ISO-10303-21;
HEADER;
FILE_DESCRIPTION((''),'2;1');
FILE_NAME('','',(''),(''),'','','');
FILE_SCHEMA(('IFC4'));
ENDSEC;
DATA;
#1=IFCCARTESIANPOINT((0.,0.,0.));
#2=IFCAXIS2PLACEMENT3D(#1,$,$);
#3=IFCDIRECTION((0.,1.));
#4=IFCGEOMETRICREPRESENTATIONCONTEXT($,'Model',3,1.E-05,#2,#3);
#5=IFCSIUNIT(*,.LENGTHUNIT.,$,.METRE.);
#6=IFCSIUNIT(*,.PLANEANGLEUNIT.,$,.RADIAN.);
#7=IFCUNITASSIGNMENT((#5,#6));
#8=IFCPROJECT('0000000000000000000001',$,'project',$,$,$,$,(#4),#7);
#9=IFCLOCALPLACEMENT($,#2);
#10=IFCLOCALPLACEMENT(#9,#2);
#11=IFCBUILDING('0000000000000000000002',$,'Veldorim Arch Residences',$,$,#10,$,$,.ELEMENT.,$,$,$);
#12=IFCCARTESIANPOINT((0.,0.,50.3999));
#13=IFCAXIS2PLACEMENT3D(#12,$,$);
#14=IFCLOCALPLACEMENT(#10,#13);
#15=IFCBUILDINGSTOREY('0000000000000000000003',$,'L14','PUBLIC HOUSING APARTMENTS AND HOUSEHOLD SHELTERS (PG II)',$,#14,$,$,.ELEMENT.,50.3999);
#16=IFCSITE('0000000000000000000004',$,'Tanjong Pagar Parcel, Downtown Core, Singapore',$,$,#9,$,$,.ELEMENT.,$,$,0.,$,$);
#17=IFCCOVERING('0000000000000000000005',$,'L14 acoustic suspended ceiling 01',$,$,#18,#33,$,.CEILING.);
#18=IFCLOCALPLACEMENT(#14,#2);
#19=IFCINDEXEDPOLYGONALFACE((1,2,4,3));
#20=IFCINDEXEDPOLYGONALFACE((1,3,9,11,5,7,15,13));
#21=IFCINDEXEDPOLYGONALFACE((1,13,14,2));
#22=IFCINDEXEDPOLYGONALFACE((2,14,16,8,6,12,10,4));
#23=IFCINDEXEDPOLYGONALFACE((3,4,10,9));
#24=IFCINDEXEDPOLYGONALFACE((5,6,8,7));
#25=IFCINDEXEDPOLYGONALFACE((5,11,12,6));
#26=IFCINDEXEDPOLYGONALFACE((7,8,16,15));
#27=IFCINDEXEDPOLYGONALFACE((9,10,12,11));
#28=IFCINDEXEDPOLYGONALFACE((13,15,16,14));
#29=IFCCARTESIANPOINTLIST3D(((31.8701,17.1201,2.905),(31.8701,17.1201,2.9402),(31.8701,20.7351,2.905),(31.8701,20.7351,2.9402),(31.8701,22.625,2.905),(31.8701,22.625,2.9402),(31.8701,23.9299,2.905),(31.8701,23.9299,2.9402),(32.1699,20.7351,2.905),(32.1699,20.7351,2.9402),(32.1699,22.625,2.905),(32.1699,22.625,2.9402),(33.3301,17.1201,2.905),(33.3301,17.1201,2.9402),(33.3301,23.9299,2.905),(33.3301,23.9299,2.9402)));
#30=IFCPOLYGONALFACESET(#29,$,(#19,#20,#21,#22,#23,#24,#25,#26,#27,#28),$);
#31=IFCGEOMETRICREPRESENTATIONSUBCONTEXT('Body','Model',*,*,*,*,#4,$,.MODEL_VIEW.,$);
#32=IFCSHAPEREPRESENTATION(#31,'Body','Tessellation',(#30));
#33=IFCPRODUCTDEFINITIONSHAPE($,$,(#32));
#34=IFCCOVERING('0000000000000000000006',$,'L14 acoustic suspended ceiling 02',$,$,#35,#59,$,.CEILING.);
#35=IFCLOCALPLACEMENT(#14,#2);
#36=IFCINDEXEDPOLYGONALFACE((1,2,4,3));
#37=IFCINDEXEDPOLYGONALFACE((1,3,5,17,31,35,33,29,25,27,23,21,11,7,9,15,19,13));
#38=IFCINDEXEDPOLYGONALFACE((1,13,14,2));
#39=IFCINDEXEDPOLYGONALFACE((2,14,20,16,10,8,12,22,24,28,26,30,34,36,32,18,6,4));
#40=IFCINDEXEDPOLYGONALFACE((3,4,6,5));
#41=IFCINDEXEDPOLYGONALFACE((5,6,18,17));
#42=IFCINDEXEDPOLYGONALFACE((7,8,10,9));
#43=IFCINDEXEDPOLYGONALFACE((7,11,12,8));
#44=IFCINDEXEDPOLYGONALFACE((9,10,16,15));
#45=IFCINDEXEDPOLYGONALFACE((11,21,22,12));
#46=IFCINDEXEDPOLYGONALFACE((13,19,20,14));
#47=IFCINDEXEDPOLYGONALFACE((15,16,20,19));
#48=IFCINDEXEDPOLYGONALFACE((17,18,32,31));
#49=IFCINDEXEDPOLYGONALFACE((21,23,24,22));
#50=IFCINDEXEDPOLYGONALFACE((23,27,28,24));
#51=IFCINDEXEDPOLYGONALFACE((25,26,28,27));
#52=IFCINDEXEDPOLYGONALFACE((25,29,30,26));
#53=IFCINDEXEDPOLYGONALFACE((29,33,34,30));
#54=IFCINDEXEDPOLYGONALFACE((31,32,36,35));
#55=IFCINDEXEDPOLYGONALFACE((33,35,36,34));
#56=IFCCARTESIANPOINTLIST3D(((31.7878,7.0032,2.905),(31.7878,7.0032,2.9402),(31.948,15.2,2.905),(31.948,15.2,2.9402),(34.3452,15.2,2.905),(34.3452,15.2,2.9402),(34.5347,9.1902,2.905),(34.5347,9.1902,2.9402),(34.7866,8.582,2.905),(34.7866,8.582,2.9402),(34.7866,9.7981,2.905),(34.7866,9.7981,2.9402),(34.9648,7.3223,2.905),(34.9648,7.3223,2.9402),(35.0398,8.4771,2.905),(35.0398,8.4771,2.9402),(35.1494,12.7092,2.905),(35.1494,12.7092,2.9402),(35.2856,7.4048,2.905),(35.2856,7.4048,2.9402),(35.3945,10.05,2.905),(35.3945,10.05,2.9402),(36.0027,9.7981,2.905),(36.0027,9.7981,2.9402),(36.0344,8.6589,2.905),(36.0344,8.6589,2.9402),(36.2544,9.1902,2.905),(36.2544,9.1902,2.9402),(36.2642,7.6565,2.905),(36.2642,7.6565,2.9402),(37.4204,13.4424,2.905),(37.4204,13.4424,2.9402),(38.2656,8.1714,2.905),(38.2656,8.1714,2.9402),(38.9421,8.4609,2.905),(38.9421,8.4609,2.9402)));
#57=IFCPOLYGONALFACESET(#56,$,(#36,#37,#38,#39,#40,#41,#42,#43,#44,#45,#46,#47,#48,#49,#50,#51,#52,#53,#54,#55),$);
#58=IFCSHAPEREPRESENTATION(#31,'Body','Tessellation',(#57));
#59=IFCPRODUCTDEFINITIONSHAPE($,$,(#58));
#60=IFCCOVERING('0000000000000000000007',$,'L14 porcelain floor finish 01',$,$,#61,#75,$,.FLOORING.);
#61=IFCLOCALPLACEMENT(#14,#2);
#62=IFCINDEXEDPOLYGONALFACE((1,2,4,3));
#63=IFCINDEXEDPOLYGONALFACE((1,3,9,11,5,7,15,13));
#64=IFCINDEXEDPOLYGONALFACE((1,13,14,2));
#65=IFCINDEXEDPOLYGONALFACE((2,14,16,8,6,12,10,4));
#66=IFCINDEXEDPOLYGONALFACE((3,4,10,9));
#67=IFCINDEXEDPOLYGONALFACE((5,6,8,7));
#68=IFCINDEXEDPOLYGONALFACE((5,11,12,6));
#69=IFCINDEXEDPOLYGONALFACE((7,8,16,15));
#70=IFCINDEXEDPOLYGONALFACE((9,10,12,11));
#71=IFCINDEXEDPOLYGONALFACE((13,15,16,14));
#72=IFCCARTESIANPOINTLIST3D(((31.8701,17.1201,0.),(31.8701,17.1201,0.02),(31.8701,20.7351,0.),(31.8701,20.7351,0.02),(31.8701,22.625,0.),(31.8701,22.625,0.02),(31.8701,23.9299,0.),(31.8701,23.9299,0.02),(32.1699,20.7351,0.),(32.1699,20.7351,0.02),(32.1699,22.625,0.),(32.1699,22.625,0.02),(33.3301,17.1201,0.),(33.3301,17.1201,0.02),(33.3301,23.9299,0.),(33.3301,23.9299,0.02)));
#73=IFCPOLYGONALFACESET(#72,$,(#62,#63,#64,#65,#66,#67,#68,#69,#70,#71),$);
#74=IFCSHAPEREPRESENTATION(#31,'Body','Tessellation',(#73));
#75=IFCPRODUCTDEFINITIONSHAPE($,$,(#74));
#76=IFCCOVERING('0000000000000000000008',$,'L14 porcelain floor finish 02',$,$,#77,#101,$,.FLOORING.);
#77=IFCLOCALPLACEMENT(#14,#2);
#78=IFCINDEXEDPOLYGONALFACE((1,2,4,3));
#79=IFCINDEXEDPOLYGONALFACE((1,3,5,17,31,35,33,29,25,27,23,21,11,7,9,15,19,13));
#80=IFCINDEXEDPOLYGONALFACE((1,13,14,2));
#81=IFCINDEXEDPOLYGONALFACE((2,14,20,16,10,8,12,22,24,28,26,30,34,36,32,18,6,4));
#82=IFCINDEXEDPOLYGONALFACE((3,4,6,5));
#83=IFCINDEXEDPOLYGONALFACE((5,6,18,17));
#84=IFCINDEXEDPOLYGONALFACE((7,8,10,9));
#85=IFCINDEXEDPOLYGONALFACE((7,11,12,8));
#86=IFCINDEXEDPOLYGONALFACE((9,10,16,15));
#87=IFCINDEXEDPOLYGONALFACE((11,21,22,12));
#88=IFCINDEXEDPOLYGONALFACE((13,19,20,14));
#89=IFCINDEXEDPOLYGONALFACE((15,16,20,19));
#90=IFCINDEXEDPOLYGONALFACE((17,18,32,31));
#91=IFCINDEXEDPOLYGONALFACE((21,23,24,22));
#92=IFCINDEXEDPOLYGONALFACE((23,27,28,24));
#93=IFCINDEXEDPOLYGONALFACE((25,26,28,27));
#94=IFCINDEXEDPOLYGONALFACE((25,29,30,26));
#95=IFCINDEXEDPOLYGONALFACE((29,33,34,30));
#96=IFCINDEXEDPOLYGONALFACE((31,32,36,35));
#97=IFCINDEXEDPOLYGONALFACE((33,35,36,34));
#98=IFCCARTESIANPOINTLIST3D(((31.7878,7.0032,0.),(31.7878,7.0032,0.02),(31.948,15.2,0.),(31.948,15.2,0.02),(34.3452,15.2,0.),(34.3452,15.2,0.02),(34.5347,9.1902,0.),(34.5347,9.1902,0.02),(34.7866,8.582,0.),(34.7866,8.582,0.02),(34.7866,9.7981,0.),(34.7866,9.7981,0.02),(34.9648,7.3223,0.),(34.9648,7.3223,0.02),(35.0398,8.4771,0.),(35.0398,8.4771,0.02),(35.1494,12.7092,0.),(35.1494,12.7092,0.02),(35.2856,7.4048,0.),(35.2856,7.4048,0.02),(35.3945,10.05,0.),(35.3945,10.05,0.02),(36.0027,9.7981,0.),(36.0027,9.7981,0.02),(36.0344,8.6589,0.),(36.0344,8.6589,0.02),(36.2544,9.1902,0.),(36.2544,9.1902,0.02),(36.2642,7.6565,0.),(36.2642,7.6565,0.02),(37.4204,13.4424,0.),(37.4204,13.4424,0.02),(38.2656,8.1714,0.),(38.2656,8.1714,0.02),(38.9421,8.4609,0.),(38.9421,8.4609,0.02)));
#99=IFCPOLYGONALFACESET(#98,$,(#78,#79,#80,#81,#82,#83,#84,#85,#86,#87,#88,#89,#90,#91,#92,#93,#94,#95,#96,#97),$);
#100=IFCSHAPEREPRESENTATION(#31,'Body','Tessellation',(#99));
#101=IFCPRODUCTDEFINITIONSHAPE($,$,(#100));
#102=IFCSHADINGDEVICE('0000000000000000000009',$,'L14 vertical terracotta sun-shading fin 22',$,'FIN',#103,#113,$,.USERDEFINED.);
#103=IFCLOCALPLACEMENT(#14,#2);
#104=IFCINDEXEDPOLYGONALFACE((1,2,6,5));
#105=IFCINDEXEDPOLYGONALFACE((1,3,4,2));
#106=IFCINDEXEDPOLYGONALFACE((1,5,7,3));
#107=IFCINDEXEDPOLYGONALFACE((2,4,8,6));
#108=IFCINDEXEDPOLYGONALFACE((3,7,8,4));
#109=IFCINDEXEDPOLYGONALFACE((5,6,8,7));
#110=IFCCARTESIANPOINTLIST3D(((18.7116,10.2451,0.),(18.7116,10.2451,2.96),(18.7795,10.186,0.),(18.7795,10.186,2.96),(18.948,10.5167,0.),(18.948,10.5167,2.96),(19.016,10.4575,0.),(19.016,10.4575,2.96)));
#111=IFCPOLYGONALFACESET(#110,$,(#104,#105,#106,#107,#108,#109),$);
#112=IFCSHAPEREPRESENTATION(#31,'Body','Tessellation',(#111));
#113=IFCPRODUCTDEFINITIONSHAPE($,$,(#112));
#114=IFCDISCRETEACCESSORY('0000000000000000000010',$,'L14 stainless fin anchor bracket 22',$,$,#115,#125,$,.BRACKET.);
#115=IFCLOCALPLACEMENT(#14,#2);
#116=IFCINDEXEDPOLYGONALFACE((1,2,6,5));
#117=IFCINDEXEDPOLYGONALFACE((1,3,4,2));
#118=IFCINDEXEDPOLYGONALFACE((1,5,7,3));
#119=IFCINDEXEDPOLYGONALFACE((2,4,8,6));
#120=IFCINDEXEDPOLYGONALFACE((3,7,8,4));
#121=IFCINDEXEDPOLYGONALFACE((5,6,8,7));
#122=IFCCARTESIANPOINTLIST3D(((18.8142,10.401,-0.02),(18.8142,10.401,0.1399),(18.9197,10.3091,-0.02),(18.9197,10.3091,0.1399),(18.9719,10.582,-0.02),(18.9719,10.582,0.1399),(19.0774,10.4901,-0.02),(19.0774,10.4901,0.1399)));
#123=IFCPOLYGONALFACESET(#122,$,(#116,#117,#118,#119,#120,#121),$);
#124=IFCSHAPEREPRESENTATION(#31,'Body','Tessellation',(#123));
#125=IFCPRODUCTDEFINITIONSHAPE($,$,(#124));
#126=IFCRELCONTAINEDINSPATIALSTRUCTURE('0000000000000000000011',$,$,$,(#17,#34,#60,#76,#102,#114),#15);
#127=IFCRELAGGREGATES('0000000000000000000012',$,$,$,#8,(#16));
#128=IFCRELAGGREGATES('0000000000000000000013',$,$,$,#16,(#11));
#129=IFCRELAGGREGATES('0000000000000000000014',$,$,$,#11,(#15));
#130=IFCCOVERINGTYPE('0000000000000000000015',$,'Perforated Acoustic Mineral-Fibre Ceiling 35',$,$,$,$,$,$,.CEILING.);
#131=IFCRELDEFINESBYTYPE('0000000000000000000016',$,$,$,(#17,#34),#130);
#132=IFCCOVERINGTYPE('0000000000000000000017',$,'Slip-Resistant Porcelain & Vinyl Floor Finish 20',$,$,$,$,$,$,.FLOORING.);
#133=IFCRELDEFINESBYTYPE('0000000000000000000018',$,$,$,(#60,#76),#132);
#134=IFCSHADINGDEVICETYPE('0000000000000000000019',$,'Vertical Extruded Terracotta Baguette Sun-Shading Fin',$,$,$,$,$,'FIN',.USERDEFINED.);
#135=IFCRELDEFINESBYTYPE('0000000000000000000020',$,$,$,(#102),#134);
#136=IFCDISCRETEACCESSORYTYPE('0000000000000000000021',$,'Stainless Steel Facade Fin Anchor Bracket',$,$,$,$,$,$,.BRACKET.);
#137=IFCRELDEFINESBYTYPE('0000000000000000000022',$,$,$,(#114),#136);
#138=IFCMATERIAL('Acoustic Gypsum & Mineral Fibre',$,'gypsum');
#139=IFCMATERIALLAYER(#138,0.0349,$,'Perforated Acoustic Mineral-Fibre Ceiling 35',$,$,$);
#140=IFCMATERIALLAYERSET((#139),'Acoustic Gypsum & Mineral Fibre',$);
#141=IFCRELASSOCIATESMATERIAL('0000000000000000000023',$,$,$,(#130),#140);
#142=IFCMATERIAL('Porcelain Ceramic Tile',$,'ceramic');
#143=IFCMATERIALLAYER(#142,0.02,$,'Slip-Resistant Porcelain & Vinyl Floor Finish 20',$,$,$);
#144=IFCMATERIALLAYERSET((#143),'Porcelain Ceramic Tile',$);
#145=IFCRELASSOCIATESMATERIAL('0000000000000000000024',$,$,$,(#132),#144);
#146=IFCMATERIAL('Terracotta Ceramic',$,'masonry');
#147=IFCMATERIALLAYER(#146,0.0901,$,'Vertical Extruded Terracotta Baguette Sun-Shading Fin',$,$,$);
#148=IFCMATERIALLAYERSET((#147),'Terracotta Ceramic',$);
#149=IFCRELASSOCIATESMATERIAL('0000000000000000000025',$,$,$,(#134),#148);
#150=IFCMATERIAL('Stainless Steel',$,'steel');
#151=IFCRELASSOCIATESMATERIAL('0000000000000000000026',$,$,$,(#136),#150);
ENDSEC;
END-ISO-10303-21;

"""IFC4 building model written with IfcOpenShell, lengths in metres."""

from ifc_helpers import new_model, si_unit, direction, frame, origin, origin_2d, place, context, subcontext, project, spatial, polyline, rectangle, outline, extrude, material, layer, layer_set, type_object, element, save


model = new_model("IFC4")

# Units and contexts
model_context = context("Model", 3, precision=1e-05, world=origin(), true_north=direction((0.0, 1.0)))
body_context = subcontext(model_context, "Body", "Model", "MODEL_VIEW")
ifc_project = project(units=[si_unit("LENGTHUNIT", "METRE"), si_unit("PLANEANGLEUNIT", "RADIAN")], contexts=[model_context])

# Site, building, storey
site_placement = place(None, origin())
site = spatial("IfcSite", under=ifc_project, at=site_placement, Name="Tanjong Pagar Parcel, Downtown Core, Singapore", CompositionType="ELEMENT", RefElevation=0.0)
building_placement = place(site_placement, origin())
building = spatial("IfcBuilding", under=site, at=building_placement, Name="Veldorim Arch Residences", CompositionType="ELEMENT")
storey_placement = place(building_placement, frame((0.0, 0.0, 50.3999)))
storey = spatial("IfcBuildingStorey", under=building, at=storey_placement, Name="L14", Description="PUBLIC HOUSING APARTMENTS AND HOUSEHOLD SHELTERS (PG II)", CompositionType="ELEMENT", Elevation=50.3999)

# Coverings
ifc_material_1 = material(Name="Acoustic Gypsum & Mineral Fibre", Category="gypsum")
ifc_layer_1 = layer(ifc_material_1, 0.0349, Name="Perforated Acoustic Mineral-Fibre Ceiling 35")
ifc_layer_set_1 = layer_set([ifc_layer_1], Name="Acoustic Gypsum & Mineral Fibre")
covering_type_1 = type_object("IfcCoveringType", Name="Perforated Acoustic Mineral-Fibre Ceiling 35", PredefinedType="CEILING", material=ifc_layer_set_1)
covering_1_placement = place(storey_placement, frame((0.0, 0.0, 2.905)))
element("IfcCovering", 1, at=covering_1_placement, inside=storey, type_object=covering_type_1, Name="L14 acoustic suspended ceiling 01", PredefinedType="CEILING", context=body_context, shape_type="SweptSolid", body=[
    extrude(outline(polyline([(33.3301, 23.9299), (33.3301, 17.1201), (31.8701, 17.1201), (31.8701, 20.7351), (32.1699, 20.7351), (32.1699, 22.625), (31.8701, 22.625), (31.8701, 23.9299), (33.3301, 23.9299)])), origin(), (0.0, 0.0, 1.0), 0.0352),
])
covering_2_placement = place(storey_placement, frame((0.0, 0.0, 2.905)))
element("IfcCovering", 2, at=covering_2_placement, inside=storey, type_object=covering_type_1, Name="L14 acoustic suspended ceiling 02", PredefinedType="CEILING", context=body_context, shape_type="SweptSolid", body=[
    extrude(outline(polyline([(36.2544, 9.1902), (36.0027, 9.7981), (35.3945, 10.05), (34.7866, 9.7981), (34.5347, 9.1902), (34.7866, 8.582), (35.0398, 8.4771), (35.2856, 7.4048), (34.9648, 7.3223), (31.7878, 7.0032), (31.948, 15.2), (34.3452, 15.2), (35.1494, 12.7092), (37.4204, 13.4424), (38.9421, 8.4609), (38.2656, 8.1714), (36.2642, 7.6565), (36.0344, 8.6589), (36.2544, 9.1902)])), origin(), (0.0, 0.0, 1.0), 0.0352),
])
ifc_material_2 = material(Name="Porcelain Ceramic Tile", Category="ceramic")
ifc_layer_2 = layer(ifc_material_2, 0.02, Name="Slip-Resistant Porcelain & Vinyl Floor Finish 20")
ifc_layer_set_2 = layer_set([ifc_layer_2], Name="Porcelain Ceramic Tile")
covering_type_2 = type_object("IfcCoveringType", Name="Slip-Resistant Porcelain & Vinyl Floor Finish 20", PredefinedType="FLOORING", material=ifc_layer_set_2)
covering_3_placement = place(storey_placement, origin())
element("IfcCovering", 3, at=covering_3_placement, inside=storey, type_object=covering_type_2, Name="L14 porcelain floor finish 01", PredefinedType="FLOORING", context=body_context, shape_type="SweptSolid", body=[
    extrude(outline(polyline([(33.3301, 23.9299), (33.3301, 17.1201), (31.8701, 17.1201), (31.8701, 20.7351), (32.1699, 20.7351), (32.1699, 22.625), (31.8701, 22.625), (31.8701, 23.9299), (33.3301, 23.9299)])), origin(), (0.0, 0.0, 1.0), 0.02),
])
covering_4_placement = place(storey_placement, origin())
element("IfcCovering", 4, at=covering_4_placement, inside=storey, type_object=covering_type_2, Name="L14 porcelain floor finish 02", PredefinedType="FLOORING", context=body_context, shape_type="SweptSolid", body=[
    extrude(outline(polyline([(36.2544, 9.1902), (36.0027, 9.7981), (35.3945, 10.05), (34.7866, 9.7981), (34.5347, 9.1902), (34.7866, 8.582), (35.0398, 8.4771), (35.2856, 7.4048), (34.9648, 7.3223), (31.7878, 7.0032), (31.948, 15.2), (34.3452, 15.2), (35.1494, 12.7092), (37.4204, 13.4424), (38.9421, 8.4609), (38.2656, 8.1714), (36.2642, 7.6565), (36.0344, 8.6589), (36.2544, 9.1902)])), origin(), (0.0, 0.0, 1.0), 0.02),
])

# Shading device
ifc_material_3 = material(Name="Terracotta Ceramic", Category="masonry")
ifc_layer_3 = layer(ifc_material_3, 0.0901, Name="Vertical Extruded Terracotta Baguette Sun-Shading Fin")
ifc_layer_set_3 = layer_set([ifc_layer_3], Name="Terracotta Ceramic")
shading_device_type = type_object("IfcShadingDeviceType", Name="Vertical Extruded Terracotta Baguette Sun-Shading Fin", ElementType="FIN", PredefinedType="USERDEFINED", material=ifc_layer_set_3)
shading_device_placement = place(storey_placement, frame((18.8638, 10.3513, 0.0), z_axis=(0.0, 0.0, 1.0), x_axis=(-0.754137, 0.656717, 0.0)))
element("IfcShadingDevice", 5, at=shading_device_placement, inside=storey, type_object=shading_device_type, Name="L14 vertical terracotta sun-shading fin 22", ObjectType="FIN", PredefinedType="USERDEFINED", context=body_context, shape_type="SweptSolid", body=[
    extrude(rectangle(XDim=0.0901, YDim=0.3601, at=origin_2d()), origin(), (0.0, 0.0, 1.0), 2.96),
])

# Discrete accessory
ifc_material_4 = material(Name="Stainless Steel", Category="steel")
discrete_accessory_type = type_object("IfcDiscreteAccessoryType", Name="Stainless Steel Facade Fin Anchor Bracket", PredefinedType="BRACKET", material=ifc_material_4)
discrete_accessory_placement = place(storey_placement, frame((18.9458, 10.4456, -0.02), z_axis=(0.0, 0.0, 1.0), x_axis=(-0.754137, 0.656717, 0.0)))
element("IfcDiscreteAccessory", 6, at=discrete_accessory_placement, inside=storey, type_object=discrete_accessory_type, Name="L14 stainless fin anchor bracket 22", PredefinedType="BRACKET", context=body_context, shape_type="SweptSolid", body=[
    extrude(rectangle(XDim=0.1399, YDim=0.24, at=origin_2d()), origin(), (0.0, 0.0, 1.0), 0.1599),
])

save(model, "model.ifc")
